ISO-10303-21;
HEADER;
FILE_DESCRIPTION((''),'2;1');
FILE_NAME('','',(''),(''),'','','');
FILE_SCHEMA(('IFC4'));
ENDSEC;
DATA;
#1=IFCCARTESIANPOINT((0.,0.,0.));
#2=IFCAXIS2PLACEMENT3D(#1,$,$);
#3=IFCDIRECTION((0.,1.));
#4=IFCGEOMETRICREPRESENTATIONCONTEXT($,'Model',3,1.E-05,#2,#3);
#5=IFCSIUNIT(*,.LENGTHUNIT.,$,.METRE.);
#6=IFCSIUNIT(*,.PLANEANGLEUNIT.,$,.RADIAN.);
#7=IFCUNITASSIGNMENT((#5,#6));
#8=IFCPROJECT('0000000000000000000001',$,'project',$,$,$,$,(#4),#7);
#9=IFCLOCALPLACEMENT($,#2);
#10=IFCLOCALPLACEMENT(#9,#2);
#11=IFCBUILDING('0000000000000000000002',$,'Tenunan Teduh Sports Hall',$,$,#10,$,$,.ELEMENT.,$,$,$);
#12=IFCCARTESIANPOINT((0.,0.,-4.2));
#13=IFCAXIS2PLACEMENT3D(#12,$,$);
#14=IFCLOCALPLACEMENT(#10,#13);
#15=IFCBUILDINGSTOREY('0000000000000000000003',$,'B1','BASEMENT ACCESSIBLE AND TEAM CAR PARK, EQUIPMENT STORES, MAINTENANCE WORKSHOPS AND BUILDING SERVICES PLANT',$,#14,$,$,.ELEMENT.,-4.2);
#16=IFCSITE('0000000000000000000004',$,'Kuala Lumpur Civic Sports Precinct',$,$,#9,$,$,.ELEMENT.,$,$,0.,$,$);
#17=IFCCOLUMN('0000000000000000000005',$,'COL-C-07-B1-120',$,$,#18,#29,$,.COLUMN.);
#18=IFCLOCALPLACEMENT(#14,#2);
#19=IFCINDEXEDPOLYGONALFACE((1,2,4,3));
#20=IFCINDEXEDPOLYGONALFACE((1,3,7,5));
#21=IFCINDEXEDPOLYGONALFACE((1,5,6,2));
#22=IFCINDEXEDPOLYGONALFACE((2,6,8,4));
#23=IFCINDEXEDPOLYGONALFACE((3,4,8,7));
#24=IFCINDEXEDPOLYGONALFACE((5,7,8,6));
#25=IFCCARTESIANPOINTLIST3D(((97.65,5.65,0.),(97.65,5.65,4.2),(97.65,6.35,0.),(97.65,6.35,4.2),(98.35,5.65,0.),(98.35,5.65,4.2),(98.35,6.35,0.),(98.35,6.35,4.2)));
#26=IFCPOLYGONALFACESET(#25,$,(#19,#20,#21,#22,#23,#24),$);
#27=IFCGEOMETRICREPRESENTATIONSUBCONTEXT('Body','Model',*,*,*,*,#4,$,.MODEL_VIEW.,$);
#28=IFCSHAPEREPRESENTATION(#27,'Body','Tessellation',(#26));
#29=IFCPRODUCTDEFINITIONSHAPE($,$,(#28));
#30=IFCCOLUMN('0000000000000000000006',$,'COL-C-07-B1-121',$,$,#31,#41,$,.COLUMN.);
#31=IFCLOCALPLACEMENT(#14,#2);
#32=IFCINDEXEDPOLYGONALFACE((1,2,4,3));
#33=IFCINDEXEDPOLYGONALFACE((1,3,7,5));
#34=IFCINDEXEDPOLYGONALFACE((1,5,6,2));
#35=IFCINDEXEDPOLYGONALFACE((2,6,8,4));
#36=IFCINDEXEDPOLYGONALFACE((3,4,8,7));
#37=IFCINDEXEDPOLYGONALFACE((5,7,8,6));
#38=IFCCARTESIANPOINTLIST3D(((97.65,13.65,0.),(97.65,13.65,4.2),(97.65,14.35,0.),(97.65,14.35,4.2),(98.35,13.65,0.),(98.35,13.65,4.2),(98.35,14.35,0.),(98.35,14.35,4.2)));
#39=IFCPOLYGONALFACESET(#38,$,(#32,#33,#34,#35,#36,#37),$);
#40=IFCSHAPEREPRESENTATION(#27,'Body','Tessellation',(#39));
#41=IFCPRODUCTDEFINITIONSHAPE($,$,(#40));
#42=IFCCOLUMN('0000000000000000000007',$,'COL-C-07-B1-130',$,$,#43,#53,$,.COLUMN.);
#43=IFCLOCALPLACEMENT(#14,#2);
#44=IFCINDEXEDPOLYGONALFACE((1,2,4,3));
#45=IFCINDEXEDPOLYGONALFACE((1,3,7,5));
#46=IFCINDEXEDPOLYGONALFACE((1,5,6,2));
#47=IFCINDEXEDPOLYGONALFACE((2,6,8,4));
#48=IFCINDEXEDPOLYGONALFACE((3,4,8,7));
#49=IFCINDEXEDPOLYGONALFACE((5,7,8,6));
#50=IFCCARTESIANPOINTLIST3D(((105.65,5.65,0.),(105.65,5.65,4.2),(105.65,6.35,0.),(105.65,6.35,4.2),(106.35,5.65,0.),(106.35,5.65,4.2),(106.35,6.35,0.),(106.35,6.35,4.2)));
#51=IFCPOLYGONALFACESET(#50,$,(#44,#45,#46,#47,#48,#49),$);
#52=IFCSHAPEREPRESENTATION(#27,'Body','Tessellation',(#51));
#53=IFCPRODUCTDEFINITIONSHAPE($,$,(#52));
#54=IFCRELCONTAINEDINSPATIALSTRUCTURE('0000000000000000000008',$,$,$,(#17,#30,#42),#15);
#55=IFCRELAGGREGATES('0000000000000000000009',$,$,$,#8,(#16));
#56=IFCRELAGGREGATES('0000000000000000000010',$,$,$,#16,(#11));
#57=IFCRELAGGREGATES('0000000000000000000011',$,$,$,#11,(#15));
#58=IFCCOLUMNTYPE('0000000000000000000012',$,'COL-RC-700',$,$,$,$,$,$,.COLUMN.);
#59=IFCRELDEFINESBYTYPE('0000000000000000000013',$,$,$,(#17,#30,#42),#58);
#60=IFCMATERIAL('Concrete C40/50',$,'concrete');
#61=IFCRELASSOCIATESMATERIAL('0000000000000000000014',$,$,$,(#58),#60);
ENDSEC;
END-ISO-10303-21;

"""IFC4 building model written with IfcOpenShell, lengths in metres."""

from ifc_helpers import new_model, si_unit, direction, frame, origin, origin_2d, place, context, subcontext, project, spatial, rectangle, extrude, material, material_profile, profile_set, type_object, element, save


model = new_model("IFC4")

# Units and contexts
model_context = context("Model", 3, precision=1e-05, world=origin(), true_north=direction((0.0, 1.0)))
body_context = subcontext(model_context, "Body", "Model", "MODEL_VIEW")
ifc_project = project(units=[si_unit("LENGTHUNIT", "METRE"), si_unit("PLANEANGLEUNIT", "RADIAN")], contexts=[model_context])

# Site, building, storey
site_placement = place(None, origin())
site = spatial("IfcSite", under=ifc_project, at=site_placement, Name="Kuala Lumpur Civic Sports Precinct", CompositionType="ELEMENT", RefElevation=0.0)
building_placement = place(site_placement, origin())
building = spatial("IfcBuilding", under=site, at=building_placement, Name="Tenunan Teduh Sports Hall", CompositionType="ELEMENT")
storey_placement = place(building_placement, frame((0.0, 0.0, -4.2)))
storey = spatial("IfcBuildingStorey", under=building, at=storey_placement, Name="B1", Description="BASEMENT ACCESSIBLE AND TEAM CAR PARK, EQUIPMENT STORES, MAINTENANCE WORKSHOPS AND BUILDING SERVICES PLANT", CompositionType="ELEMENT", Elevation=-4.2)

# Columns
ifc_material_1 = material(Name="Concrete C40/50", Category="concrete")
ifc_material_profile_1 = material_profile(ifc_material_1, rectangle(XDim=0.7, YDim=0.7, at=origin_2d()), Name="RC 700x700")
ifc_profile_set_1 = profile_set([ifc_material_profile_1], Name="Concrete C40/50")
column_type = type_object("IfcColumnType", Name="COL-RC-700", PredefinedType="COLUMN", material=ifc_profile_set_1)
for number, where, z_axis, x_axis, name in (
    (1, (98.0, 6.0, 0.0), (0.0, 0.0, 1.0), (1.0, 0.0, 0.0), "COL-C-07-B1-120"),
    (2, (98.0, 14.0, 0.0), (0.0, 0.0, 1.0), (1.0, 0.0, 0.0), "COL-C-07-B1-121"),
    (3, (106.0, 6.0, 0.0), (0.0, 0.0, 1.0), (1.0, 0.0, 0.0), "COL-C-07-B1-130"),
):
    element("IfcColumn", number, at=place(storey_placement, frame(where, z_axis=z_axis, x_axis=x_axis)), inside=storey, type_object=column_type, Name=name, PredefinedType="COLUMN", context=body_context, shape_type="SweptSolid", body=[
        extrude(rectangle(XDim=0.7, YDim=0.7, at=origin_2d()), origin(), (0.0, 0.0, 1.0), 4.2),
    ])

save(model, "model.ifc")
